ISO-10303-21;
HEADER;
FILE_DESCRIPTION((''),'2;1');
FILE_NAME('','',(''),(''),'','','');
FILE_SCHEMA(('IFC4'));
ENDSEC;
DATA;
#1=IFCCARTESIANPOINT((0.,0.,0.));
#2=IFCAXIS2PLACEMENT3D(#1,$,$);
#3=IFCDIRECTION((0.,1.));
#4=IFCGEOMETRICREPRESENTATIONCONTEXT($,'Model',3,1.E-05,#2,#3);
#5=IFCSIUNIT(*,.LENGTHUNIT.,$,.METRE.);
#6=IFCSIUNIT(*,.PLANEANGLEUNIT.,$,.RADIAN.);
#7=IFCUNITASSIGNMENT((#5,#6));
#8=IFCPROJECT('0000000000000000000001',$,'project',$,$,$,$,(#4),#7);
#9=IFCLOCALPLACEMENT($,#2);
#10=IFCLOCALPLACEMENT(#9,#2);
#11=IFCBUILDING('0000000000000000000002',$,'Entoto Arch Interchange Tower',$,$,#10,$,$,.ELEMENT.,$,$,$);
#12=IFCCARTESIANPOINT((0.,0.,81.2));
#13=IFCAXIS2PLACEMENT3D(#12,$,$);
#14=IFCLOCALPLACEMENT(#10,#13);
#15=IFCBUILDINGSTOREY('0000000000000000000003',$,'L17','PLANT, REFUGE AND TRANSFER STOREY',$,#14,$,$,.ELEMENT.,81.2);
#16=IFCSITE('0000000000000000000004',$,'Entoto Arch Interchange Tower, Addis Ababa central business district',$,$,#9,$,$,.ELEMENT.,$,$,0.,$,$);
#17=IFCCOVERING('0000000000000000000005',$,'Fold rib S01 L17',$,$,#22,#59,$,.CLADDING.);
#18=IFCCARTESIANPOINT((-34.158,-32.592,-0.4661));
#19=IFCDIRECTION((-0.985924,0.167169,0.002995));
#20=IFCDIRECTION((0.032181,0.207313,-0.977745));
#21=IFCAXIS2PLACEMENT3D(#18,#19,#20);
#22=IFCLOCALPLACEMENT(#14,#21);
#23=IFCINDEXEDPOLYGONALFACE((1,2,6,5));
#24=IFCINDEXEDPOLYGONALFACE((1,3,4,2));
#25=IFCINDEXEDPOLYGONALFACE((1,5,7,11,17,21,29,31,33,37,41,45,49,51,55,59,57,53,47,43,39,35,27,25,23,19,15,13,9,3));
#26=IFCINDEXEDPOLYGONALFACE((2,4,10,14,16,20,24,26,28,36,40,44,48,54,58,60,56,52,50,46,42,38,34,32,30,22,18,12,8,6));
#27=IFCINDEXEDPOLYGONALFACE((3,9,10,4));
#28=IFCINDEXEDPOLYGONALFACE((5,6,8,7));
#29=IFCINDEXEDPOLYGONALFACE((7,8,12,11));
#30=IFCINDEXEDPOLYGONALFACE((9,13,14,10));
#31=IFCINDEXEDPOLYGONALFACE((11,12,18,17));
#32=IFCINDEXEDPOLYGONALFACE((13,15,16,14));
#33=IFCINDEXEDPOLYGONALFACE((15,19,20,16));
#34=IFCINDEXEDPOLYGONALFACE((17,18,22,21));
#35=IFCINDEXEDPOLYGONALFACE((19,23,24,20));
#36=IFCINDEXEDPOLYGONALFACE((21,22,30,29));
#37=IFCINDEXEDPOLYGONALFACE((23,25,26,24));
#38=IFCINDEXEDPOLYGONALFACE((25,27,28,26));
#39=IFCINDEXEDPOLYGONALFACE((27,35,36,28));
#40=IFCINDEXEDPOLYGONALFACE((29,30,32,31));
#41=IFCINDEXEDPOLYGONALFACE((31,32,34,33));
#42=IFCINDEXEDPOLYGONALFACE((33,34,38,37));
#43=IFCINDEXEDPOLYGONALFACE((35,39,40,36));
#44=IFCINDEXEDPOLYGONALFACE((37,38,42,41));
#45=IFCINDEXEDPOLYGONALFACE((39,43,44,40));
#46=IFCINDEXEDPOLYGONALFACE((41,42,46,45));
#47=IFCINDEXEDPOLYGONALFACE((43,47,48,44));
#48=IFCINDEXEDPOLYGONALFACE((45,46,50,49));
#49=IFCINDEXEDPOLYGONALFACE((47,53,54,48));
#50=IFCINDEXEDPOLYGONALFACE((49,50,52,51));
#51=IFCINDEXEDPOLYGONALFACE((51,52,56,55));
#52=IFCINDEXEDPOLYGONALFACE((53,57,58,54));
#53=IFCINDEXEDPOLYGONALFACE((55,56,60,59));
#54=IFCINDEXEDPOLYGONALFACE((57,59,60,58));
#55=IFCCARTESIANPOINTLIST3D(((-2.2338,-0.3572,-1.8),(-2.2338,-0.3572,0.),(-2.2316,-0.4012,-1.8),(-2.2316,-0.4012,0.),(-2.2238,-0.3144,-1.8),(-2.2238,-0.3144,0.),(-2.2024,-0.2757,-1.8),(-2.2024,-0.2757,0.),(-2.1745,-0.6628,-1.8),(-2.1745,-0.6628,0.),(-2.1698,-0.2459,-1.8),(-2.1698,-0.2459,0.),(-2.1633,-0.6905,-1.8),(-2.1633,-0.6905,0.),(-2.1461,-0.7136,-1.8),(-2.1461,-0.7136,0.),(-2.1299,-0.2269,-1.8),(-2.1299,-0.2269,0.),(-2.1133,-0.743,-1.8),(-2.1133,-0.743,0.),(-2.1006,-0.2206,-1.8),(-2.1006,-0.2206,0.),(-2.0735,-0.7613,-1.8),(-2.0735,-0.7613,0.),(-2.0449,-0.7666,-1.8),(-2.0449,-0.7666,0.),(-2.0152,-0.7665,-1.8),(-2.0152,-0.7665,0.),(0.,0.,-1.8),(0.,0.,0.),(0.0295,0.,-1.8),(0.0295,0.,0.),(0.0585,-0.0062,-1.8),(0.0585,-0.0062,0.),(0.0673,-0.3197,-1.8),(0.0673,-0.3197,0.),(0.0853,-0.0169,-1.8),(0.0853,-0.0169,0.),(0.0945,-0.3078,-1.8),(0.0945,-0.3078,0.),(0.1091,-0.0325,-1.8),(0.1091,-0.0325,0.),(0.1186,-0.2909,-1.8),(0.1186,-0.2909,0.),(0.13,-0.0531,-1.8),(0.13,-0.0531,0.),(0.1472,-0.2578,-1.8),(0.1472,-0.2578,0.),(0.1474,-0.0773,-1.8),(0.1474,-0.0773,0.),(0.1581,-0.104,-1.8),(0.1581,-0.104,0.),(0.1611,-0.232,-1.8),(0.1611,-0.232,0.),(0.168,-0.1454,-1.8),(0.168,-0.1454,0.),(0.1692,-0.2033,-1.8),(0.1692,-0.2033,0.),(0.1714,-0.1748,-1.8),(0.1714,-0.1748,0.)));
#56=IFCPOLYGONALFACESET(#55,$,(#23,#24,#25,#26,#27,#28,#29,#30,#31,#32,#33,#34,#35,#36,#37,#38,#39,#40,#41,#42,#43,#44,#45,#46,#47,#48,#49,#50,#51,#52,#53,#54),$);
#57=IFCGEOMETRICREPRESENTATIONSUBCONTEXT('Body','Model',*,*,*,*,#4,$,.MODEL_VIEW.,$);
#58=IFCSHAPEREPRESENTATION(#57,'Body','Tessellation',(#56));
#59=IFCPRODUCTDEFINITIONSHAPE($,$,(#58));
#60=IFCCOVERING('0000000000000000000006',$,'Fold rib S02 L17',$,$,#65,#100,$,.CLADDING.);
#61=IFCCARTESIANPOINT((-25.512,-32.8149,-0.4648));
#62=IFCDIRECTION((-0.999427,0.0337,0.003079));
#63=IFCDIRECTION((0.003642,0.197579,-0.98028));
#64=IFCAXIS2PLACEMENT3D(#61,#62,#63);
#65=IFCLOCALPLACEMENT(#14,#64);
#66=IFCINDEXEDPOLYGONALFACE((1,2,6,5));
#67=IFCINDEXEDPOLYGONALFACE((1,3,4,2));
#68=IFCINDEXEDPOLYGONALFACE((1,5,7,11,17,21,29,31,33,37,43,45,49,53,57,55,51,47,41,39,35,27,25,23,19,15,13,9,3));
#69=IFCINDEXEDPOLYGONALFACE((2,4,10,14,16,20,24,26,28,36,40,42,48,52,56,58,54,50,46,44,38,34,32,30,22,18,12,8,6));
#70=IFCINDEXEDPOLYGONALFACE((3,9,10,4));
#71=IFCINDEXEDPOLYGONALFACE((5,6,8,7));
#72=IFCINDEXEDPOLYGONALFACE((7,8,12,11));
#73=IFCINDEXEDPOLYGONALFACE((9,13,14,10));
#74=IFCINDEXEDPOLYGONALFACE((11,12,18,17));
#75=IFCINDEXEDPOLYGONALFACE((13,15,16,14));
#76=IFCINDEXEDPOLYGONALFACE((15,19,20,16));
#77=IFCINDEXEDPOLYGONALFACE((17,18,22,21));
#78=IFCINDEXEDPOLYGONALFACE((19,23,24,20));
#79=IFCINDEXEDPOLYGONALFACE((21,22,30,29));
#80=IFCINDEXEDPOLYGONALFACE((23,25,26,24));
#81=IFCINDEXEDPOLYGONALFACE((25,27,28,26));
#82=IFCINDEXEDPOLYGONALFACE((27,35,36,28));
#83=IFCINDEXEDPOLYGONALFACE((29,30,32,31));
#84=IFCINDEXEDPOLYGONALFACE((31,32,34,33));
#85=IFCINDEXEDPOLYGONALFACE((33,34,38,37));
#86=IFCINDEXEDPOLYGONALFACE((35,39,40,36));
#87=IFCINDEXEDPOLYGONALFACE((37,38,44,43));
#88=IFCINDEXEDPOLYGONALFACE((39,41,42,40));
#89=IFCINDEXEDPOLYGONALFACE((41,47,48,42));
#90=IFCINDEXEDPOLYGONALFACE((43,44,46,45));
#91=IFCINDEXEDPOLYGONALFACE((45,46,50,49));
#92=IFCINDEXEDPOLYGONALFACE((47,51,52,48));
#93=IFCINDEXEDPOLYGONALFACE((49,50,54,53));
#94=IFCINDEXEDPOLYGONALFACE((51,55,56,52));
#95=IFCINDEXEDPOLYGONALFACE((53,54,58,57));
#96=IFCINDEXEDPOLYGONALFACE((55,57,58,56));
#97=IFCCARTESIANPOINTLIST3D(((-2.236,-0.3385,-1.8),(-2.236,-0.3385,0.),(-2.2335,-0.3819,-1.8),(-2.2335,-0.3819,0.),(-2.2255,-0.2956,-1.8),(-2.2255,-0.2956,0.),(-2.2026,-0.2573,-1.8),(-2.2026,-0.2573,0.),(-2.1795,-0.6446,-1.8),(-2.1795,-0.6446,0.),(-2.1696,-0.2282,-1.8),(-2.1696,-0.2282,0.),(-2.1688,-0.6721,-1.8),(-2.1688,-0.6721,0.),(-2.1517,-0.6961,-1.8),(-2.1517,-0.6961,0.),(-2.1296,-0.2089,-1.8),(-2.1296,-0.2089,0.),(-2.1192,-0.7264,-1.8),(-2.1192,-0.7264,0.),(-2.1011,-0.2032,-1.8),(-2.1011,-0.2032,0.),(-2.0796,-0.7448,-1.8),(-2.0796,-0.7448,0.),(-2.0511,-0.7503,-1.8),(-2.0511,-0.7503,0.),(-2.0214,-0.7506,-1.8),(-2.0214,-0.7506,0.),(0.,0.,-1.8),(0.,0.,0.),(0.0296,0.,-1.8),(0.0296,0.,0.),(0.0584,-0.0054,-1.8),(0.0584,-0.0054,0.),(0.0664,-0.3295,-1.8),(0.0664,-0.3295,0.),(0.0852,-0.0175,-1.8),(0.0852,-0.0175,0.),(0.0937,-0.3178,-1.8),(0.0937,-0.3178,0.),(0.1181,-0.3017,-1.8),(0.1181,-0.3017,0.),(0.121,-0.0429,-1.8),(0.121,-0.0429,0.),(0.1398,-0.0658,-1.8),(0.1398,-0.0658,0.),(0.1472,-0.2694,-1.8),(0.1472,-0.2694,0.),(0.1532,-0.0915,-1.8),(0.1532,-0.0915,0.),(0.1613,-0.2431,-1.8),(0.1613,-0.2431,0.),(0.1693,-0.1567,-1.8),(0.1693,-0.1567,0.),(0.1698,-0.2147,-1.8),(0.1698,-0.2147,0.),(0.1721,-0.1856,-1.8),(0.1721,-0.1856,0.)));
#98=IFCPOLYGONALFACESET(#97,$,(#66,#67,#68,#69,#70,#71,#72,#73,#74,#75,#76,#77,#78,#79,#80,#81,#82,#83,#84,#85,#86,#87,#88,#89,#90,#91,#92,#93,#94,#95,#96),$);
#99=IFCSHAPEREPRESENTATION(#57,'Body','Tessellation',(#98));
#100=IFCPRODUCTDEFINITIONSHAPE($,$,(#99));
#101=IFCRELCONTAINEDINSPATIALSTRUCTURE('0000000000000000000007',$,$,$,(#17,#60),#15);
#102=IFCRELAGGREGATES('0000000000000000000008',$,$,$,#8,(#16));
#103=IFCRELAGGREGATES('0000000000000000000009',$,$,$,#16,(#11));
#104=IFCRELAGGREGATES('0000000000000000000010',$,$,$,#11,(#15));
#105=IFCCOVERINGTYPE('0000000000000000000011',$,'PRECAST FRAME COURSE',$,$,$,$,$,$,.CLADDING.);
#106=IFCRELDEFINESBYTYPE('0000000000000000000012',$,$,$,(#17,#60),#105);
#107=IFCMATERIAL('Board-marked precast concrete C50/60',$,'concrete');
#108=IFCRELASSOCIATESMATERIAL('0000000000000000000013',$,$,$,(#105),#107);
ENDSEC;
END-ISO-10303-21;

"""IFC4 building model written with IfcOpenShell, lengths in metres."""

from ifc_helpers import new_model, si_unit, direction, frame, origin, place, context, subcontext, project, spatial, polyline, outline, extrude, material, type_object, element, save


model = new_model("IFC4")

# Units and contexts
model_context = context("Model", 3, precision=1e-05, world=origin(), true_north=direction((0.0, 1.0)))
body_context = subcontext(model_context, "Body", "Model", "MODEL_VIEW")
ifc_project = project(units=[si_unit("LENGTHUNIT", "METRE"), si_unit("PLANEANGLEUNIT", "RADIAN")], contexts=[model_context])

# Site, building, storey
site_placement = place(None, origin())
site = spatial("IfcSite", under=ifc_project, at=site_placement, Name="Entoto Arch Interchange Tower, Addis Ababa central business district", CompositionType="ELEMENT", RefElevation=0.0)
building_placement = place(site_placement, origin())
building = spatial("IfcBuilding", under=site, at=building_placement, Name="Entoto Arch Interchange Tower", CompositionType="ELEMENT")
storey_placement = place(building_placement, frame((0.0, 0.0, 81.2)))
storey = spatial("IfcBuildingStorey", under=building, at=storey_placement, Name="L17", Description="PLANT, REFUGE AND TRANSFER STOREY", CompositionType="ELEMENT", Elevation=81.2)

# Shared definitions
ifc_material_1 = material(Name="Board-marked precast concrete C50/60", Category="concrete")

# Coverings
covering_type = type_object("IfcCoveringType", Name="PRECAST FRAME COURSE", PredefinedType="CLADDING", material=ifc_material_1)
covering_1_placement = place(storey_placement, frame((-34.158, -32.592, -0.4661), z_axis=(-0.985924, 0.167169, 0.002995), x_axis=(0.032181, 0.207313, -0.977745)))
element("IfcCovering", 1, at=covering_1_placement, inside=storey, type_object=covering_type, Name="Fold rib S01 L17", PredefinedType="CLADDING", context=body_context, shape_type="SweptSolid", body=[
    extrude(outline(polyline([(0.0, 0.0), (0.0295, 0.0), (0.0585, -0.0062), (0.0853, -0.0169), (0.1091, -0.0325), (0.13, -0.0531), (0.1474, -0.0773), (0.1581, -0.104), (0.168, -0.1454), (0.1714, -0.1748), (0.1692, -0.2033), (0.1611, -0.232), (0.1472, -0.2578), (0.1186, -0.2909), (0.0945, -0.3078), (0.0673, -0.3197), (-2.0152, -0.7665), (-2.0449, -0.7666), (-2.0735, -0.7613), (-2.1133, -0.743), (-2.1461, -0.7136), (-2.1633, -0.6905), (-2.1745, -0.6628), (-2.2316, -0.4012), (-2.2338, -0.3572), (-2.2238, -0.3144), (-2.2024, -0.2757), (-2.1698, -0.2459), (-2.1299, -0.2269), (-2.1006, -0.2206), (0.0, 0.0)])), origin(), (0.0, 0.0, -1.0), 1.8),
])
covering_2_placement = place(storey_placement, frame((-25.512, -32.8149, -0.4648), z_axis=(-0.999427, 0.0337, 0.003079), x_axis=(0.003642, 0.197579, -0.98028)))
element("IfcCovering", 2, at=covering_2_placement, inside=storey, type_object=covering_type, Name="Fold rib S02 L17", PredefinedType="CLADDING", context=body_context, shape_type="SweptSolid", body=[
    extrude(outline(polyline([(0.0, 0.0), (0.0296, 0.0), (0.0584, -0.0054), (0.0852, -0.0175), (0.121, -0.0429), (0.1398, -0.0658), (0.1532, -0.0915), (0.1693, -0.1567), (0.1721, -0.1856), (0.1698, -0.2147), (0.1613, -0.2431), (0.1472, -0.2694), (0.1181, -0.3017), (0.0937, -0.3178), (0.0664, -0.3295), (-2.0214, -0.7506), (-2.0511, -0.7503), (-2.0796, -0.7448), (-2.1192, -0.7264), (-2.1517, -0.6961), (-2.1688, -0.6721), (-2.1795, -0.6446), (-2.2335, -0.3819), (-2.236, -0.3385), (-2.2255, -0.2956), (-2.2026, -0.2573), (-2.1696, -0.2282), (-2.1296, -0.2089), (-2.1011, -0.2032), (0.0, 0.0)])), origin(), (0.0, 0.0, -1.0), 1.8),
])

save(model, "model.ifc")
